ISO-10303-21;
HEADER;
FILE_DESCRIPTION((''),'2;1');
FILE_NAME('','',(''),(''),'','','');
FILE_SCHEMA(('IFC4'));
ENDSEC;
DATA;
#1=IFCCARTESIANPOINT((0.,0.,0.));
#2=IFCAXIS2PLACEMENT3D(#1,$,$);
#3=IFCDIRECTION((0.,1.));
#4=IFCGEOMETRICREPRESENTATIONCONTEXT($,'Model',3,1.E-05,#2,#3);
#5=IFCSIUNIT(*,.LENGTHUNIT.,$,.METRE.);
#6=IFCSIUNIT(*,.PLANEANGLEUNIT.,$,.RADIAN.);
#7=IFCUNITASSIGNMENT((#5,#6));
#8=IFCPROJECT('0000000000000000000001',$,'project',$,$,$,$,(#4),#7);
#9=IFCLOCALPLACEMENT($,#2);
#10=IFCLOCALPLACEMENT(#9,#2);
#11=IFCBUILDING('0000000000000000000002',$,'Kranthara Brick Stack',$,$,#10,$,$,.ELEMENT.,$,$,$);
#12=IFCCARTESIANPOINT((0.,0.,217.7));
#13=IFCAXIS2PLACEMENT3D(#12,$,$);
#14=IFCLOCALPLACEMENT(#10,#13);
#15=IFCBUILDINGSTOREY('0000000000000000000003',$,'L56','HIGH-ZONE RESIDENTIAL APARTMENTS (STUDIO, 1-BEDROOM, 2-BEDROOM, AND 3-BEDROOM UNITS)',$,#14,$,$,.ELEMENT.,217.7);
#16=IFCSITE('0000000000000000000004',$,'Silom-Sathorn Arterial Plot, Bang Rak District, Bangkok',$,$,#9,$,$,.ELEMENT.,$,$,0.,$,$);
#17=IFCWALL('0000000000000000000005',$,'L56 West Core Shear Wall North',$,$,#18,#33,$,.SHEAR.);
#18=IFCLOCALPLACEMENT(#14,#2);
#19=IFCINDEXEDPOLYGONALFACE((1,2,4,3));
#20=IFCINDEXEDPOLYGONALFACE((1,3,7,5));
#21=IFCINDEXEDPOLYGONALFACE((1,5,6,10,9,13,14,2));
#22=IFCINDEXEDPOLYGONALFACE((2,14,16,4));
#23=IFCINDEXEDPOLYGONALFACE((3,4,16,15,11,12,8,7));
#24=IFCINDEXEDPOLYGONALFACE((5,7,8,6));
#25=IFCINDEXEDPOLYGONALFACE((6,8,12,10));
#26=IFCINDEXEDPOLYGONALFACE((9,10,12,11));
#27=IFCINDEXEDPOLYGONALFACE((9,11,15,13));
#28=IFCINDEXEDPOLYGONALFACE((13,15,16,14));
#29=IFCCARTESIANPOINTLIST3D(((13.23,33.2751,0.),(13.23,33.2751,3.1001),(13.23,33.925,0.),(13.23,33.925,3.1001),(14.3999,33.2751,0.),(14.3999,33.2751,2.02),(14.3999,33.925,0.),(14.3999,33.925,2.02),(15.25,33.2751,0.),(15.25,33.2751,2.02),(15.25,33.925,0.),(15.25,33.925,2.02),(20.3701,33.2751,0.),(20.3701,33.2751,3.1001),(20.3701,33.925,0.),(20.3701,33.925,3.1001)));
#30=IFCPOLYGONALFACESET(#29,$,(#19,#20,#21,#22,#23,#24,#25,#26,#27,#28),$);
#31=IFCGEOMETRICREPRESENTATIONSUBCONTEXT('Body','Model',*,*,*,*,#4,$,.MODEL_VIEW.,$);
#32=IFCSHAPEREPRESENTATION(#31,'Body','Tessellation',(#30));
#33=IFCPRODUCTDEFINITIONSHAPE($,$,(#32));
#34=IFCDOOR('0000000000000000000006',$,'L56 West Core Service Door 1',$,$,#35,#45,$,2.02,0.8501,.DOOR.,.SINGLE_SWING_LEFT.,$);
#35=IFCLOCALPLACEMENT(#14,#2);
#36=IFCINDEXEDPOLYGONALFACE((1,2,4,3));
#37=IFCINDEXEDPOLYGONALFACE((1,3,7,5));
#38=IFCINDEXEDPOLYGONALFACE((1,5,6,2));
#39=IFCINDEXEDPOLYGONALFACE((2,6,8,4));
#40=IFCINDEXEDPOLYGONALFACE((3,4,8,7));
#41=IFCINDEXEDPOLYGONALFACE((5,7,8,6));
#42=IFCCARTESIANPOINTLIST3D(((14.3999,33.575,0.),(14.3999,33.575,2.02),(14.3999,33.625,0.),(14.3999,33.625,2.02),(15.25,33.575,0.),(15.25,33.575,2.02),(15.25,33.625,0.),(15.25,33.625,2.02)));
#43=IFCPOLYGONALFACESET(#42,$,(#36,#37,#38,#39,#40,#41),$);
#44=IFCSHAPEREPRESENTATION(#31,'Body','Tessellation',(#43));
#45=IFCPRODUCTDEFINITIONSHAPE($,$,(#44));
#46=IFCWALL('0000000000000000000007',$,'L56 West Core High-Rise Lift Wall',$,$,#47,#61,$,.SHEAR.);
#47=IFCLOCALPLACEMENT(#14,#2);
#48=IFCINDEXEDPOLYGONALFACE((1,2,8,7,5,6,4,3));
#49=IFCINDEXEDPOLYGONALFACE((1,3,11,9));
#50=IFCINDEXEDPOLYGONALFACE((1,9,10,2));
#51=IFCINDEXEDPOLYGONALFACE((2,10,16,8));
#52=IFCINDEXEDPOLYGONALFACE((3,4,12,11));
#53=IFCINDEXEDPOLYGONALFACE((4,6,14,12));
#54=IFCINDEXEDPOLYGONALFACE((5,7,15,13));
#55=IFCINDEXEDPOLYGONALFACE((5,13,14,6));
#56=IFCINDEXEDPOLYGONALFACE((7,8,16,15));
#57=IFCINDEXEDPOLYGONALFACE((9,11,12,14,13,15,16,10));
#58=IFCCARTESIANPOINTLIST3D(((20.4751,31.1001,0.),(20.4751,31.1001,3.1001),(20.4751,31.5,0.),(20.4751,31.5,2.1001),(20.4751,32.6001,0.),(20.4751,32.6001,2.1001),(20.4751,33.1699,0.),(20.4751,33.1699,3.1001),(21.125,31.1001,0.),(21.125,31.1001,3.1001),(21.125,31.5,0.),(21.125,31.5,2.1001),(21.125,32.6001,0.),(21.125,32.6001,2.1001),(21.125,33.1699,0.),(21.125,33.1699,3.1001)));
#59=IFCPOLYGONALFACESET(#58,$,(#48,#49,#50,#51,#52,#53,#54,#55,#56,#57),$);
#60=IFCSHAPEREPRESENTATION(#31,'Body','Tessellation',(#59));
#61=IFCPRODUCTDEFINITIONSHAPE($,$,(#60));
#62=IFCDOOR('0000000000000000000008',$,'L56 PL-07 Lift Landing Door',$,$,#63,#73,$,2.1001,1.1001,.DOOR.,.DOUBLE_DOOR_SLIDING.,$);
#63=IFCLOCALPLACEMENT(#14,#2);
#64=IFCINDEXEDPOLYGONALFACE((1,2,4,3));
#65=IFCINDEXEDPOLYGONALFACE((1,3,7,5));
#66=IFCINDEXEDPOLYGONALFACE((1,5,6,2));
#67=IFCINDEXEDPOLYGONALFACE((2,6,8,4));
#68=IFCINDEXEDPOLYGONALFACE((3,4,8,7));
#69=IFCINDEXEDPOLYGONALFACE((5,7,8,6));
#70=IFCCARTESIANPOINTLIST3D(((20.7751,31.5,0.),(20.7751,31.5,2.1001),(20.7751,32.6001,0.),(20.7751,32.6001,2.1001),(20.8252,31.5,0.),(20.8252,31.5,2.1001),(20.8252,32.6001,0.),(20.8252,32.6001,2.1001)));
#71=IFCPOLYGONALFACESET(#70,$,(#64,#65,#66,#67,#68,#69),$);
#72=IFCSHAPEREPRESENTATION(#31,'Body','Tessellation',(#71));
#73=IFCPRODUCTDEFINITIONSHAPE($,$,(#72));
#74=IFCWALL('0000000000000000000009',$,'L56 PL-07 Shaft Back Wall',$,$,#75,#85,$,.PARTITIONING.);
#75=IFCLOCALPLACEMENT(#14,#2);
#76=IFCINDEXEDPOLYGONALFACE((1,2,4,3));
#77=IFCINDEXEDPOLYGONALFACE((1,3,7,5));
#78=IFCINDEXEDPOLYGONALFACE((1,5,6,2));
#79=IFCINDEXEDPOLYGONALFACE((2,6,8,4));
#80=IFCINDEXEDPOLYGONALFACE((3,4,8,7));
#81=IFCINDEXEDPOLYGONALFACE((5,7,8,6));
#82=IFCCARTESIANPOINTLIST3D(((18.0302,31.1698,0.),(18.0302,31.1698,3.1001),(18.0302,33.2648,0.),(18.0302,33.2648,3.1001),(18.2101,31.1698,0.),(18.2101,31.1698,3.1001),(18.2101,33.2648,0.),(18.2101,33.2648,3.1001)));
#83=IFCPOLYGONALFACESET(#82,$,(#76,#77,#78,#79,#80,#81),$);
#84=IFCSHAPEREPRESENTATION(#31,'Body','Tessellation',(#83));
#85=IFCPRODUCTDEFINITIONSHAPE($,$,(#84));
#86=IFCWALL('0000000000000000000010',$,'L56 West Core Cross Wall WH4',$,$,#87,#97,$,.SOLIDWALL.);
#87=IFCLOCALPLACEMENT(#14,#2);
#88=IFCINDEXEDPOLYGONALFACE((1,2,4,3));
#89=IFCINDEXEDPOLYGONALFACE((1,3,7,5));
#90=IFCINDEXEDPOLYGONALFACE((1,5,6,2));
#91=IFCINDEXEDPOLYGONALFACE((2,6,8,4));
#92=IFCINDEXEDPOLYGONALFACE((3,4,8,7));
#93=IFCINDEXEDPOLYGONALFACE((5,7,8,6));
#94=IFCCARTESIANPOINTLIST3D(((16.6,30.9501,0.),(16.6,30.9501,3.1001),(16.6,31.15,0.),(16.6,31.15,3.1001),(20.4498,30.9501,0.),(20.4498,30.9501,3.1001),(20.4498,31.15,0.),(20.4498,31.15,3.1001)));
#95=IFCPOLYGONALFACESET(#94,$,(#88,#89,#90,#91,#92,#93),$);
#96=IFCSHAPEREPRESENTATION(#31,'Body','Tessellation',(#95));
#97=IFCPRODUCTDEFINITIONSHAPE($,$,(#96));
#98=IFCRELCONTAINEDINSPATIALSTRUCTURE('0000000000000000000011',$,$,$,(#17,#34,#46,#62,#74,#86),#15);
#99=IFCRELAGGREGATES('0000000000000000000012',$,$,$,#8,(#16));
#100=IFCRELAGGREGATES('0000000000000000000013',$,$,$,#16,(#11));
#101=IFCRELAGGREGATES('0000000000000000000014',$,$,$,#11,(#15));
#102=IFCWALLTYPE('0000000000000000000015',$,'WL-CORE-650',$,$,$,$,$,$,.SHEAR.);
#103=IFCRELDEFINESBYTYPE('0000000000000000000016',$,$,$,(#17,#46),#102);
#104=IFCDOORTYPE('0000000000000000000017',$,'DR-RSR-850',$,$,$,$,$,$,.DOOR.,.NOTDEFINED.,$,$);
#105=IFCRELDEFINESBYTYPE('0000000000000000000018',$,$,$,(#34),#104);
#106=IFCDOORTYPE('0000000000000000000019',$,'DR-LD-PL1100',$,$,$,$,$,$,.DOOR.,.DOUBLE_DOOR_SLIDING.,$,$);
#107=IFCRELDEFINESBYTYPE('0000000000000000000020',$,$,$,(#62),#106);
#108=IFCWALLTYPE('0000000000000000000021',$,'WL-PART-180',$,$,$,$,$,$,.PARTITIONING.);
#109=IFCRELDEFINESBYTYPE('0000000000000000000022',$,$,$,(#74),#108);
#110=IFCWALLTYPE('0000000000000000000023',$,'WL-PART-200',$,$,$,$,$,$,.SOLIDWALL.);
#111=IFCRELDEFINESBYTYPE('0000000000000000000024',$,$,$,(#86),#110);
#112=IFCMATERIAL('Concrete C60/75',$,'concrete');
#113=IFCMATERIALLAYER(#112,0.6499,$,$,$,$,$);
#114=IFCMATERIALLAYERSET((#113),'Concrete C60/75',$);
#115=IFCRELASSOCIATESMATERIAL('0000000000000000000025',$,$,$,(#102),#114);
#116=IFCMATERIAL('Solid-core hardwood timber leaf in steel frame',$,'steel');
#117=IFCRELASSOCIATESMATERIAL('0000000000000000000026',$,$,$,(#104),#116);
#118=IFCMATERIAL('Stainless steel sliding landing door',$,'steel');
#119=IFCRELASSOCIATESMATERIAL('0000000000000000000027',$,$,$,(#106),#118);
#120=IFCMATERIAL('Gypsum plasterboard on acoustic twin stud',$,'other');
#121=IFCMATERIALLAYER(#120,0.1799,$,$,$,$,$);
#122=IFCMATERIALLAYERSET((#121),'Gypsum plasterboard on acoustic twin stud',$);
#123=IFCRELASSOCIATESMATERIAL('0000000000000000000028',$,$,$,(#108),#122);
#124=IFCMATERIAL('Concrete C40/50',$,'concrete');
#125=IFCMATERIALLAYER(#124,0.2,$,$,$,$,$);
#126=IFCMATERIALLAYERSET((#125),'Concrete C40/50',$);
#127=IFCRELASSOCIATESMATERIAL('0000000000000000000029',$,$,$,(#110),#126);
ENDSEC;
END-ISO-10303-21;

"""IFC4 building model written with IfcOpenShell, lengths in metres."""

from ifc_helpers import new_model, si_unit, direction, frame, frame_2d, origin, place, context, subcontext, project, spatial, rectangle, extrude, material, layer, layer_set, type_object, element, fill, save


model = new_model("IFC4")

# Units and contexts
model_context = context("Model", 3, precision=1e-05, world=origin(), true_north=direction((0.0, 1.0)))
body_context = subcontext(model_context, "Body", "Model", "MODEL_VIEW")
ifc_project = project(units=[si_unit("LENGTHUNIT", "METRE"), si_unit("PLANEANGLEUNIT", "RADIAN")], contexts=[model_context])

# Site, building, storey
site_placement = place(None, origin())
site = spatial("IfcSite", under=ifc_project, at=site_placement, Name="Silom-Sathorn Arterial Plot, Bang Rak District, Bangkok", CompositionType="ELEMENT", RefElevation=0.0)
building_placement = place(site_placement, origin())
building = spatial("IfcBuilding", under=site, at=building_placement, Name="Kranthara Brick Stack", CompositionType="ELEMENT")
storey_placement = place(building_placement, frame((0.0, 0.0, 217.7)))
storey = spatial("IfcBuildingStorey", under=building, at=storey_placement, Name="L56", Description="HIGH-ZONE RESIDENTIAL APARTMENTS (STUDIO, 1-BEDROOM, 2-BEDROOM, AND 3-BEDROOM UNITS)", CompositionType="ELEMENT", Elevation=217.7)

# Walls, openings, doors
ifc_material_1 = material(Name="Concrete C60/75", Category="concrete")
ifc_layer_1 = layer(ifc_material_1, 0.6499)
ifc_layer_set_1 = layer_set([ifc_layer_1], Name="Concrete C60/75")
wall_type_1 = type_object("IfcWallType", Name="WL-CORE-650", PredefinedType="SHEAR", material=ifc_layer_set_1)
wall_1_placement = place(storey_placement, frame((13.23, 33.6001, 0.0), z_axis=(0.0, 0.0, 1.0), x_axis=(1.0, 0.0, 0.0)))
wall_1 = element("IfcWall", 1, at=wall_1_placement, inside=storey, type_object=wall_type_1, Name="L56 West Core Shear Wall North", PredefinedType="SHEAR", context=body_context, shape_type="SweptSolid", body=[
    extrude(rectangle(XDim=7.1401, YDim=0.6499, at=frame_2d((3.5701, 0.0))), origin(), (0.0, 0.0, 1.0), 3.1001),
])
opening_1_placement = place(wall_1_placement, frame((1.1699, 0.0, 0.0)))
opening_1 = element("IfcOpeningElement", 2, at=opening_1_placement, cuts=wall_1, PredefinedType="OPENING", context=body_context, shape_type="SweptSolid", body=[
    extrude(rectangle(XDim=0.8501, YDim=2.02, at=frame_2d((0.425, 1.01))), frame((0.0, 0.335, 0.0), z_axis=(0.0, -1.0, 0.0), x_axis=(1.0, 0.0, 0.0)), (0.0, 0.0, 1.0), 0.6699),
])
ifc_material_2 = material(Name="Solid-core hardwood timber leaf in steel frame", Category="steel")
door_type_1 = type_object("IfcDoorType", Name="DR-RSR-850", OperationType="NOTDEFINED", PredefinedType="DOOR", material=ifc_material_2)
door_1_placement = place(opening_1_placement, origin())
door_1 = element("IfcDoor", 3, at=door_1_placement, inside=storey, type_object=door_type_1, Name="L56 West Core Service Door 1", OperationType="SINGLE_SWING_LEFT", OverallHeight=2.02, OverallWidth=0.8501, PredefinedType="DOOR", context=body_context, shape_type="SweptSolid", body=[
    extrude(rectangle(XDim=0.8501, YDim=2.02, at=frame_2d((0.425, 1.01))), frame((0.0, 0.0249, 0.0), z_axis=(0.0, -1.0, 0.0), x_axis=(1.0, 0.0, 0.0)), (0.0, 0.0, 1.0), 0.05),
])
fill(opening_1, door_1)
wall_2_placement = place(storey_placement, frame((20.8, 31.1001, 0.0), z_axis=(0.0, 0.0, 1.0), x_axis=(0.0, 1.0, 0.0)))
wall_2 = element("IfcWall", 4, at=wall_2_placement, inside=storey, type_object=wall_type_1, Name="L56 West Core High-Rise Lift Wall", PredefinedType="SHEAR", context=body_context, shape_type="SweptSolid", body=[
    extrude(rectangle(XDim=2.0698, YDim=0.6499, at=frame_2d((1.0349, 0.0))), origin(), (0.0, 0.0, 1.0), 3.1001),
])
opening_2_placement = place(wall_2_placement, frame((0.3999, 0.0, 0.0)))
opening_2 = element("IfcOpeningElement", 5, at=opening_2_placement, cuts=wall_2, PredefinedType="OPENING", context=body_context, shape_type="SweptSolid", body=[
    extrude(rectangle(XDim=1.1001, YDim=2.1001, at=frame_2d((0.55, 1.05))), frame((0.0, 0.335, 0.0), z_axis=(0.0, -1.0, 0.0), x_axis=(1.0, 0.0, 0.0)), (0.0, 0.0, 1.0), 0.6699),
])
ifc_material_3 = material(Name="Stainless steel sliding landing door", Category="steel")
door_type_2 = type_object("IfcDoorType", Name="DR-LD-PL1100", OperationType="DOUBLE_DOOR_SLIDING", PredefinedType="DOOR", material=ifc_material_3)
door_2_placement = place(opening_2_placement, origin())
door_2 = element("IfcDoor", 6, at=door_2_placement, inside=storey, type_object=door_type_2, Name="L56 PL-07 Lift Landing Door", OperationType="DOUBLE_DOOR_SLIDING", OverallHeight=2.1001, OverallWidth=1.1001, PredefinedType="DOOR", context=body_context, shape_type="SweptSolid", body=[
    extrude(rectangle(XDim=1.1001, YDim=2.1001, at=frame_2d((0.55, 1.05))), frame((0.0, 0.0249, 0.0), z_axis=(0.0, -1.0, 0.0), x_axis=(1.0, 0.0, 0.0)), (0.0, 0.0, 1.0), 0.05),
])
fill(opening_2, door_2)

# Walls
ifc_material_4 = material(Name="Gypsum plasterboard on acoustic twin stud", Category="other")
ifc_layer_2 = layer(ifc_material_4, 0.1799)
ifc_layer_set_2 = layer_set([ifc_layer_2], Name="Gypsum plasterboard on acoustic twin stud")
wall_type_2 = type_object("IfcWallType", Name="WL-PART-180", PredefinedType="PARTITIONING", material=ifc_layer_set_2)
wall_3_placement = place(storey_placement, frame((18.1201, 31.1699, 0.0), z_axis=(0.0, 0.0, 1.0), x_axis=(0.0, 1.0, 0.0)))
element("IfcWall", 7, at=wall_3_placement, inside=storey, type_object=wall_type_2, Name="L56 PL-07 Shaft Back Wall", PredefinedType="PARTITIONING", context=body_context, shape_type="SweptSolid", body=[
    extrude(rectangle(XDim=2.095, YDim=0.1799, at=frame_2d((1.0474, 0.0))), origin(), (0.0, 0.0, 1.0), 3.1001),
])
ifc_material_5 = material(Name="Concrete C40/50", Category="concrete")
ifc_layer_3 = layer(ifc_material_5, 0.2)
ifc_layer_set_3 = layer_set([ifc_layer_3], Name="Concrete C40/50")
wall_type_3 = type_object("IfcWallType", Name="WL-PART-200", PredefinedType="SOLIDWALL", material=ifc_layer_set_3)
wall_4_placement = place(storey_placement, frame((16.6001, 31.05, 0.0), z_axis=(0.0, 0.0, 1.0), x_axis=(1.0, 0.0, 0.0)))
element("IfcWall", 8, at=wall_4_placement, inside=storey, type_object=wall_type_3, Name="L56 West Core Cross Wall WH4", PredefinedType="SOLIDWALL", context=body_context, shape_type="SweptSolid", body=[
    extrude(rectangle(XDim=3.8499, YDim=0.2, at=frame_2d((1.9248, 0.0))), origin(), (0.0, 0.0, 1.0), 3.1001),
])

save(model, "model.ifc")
